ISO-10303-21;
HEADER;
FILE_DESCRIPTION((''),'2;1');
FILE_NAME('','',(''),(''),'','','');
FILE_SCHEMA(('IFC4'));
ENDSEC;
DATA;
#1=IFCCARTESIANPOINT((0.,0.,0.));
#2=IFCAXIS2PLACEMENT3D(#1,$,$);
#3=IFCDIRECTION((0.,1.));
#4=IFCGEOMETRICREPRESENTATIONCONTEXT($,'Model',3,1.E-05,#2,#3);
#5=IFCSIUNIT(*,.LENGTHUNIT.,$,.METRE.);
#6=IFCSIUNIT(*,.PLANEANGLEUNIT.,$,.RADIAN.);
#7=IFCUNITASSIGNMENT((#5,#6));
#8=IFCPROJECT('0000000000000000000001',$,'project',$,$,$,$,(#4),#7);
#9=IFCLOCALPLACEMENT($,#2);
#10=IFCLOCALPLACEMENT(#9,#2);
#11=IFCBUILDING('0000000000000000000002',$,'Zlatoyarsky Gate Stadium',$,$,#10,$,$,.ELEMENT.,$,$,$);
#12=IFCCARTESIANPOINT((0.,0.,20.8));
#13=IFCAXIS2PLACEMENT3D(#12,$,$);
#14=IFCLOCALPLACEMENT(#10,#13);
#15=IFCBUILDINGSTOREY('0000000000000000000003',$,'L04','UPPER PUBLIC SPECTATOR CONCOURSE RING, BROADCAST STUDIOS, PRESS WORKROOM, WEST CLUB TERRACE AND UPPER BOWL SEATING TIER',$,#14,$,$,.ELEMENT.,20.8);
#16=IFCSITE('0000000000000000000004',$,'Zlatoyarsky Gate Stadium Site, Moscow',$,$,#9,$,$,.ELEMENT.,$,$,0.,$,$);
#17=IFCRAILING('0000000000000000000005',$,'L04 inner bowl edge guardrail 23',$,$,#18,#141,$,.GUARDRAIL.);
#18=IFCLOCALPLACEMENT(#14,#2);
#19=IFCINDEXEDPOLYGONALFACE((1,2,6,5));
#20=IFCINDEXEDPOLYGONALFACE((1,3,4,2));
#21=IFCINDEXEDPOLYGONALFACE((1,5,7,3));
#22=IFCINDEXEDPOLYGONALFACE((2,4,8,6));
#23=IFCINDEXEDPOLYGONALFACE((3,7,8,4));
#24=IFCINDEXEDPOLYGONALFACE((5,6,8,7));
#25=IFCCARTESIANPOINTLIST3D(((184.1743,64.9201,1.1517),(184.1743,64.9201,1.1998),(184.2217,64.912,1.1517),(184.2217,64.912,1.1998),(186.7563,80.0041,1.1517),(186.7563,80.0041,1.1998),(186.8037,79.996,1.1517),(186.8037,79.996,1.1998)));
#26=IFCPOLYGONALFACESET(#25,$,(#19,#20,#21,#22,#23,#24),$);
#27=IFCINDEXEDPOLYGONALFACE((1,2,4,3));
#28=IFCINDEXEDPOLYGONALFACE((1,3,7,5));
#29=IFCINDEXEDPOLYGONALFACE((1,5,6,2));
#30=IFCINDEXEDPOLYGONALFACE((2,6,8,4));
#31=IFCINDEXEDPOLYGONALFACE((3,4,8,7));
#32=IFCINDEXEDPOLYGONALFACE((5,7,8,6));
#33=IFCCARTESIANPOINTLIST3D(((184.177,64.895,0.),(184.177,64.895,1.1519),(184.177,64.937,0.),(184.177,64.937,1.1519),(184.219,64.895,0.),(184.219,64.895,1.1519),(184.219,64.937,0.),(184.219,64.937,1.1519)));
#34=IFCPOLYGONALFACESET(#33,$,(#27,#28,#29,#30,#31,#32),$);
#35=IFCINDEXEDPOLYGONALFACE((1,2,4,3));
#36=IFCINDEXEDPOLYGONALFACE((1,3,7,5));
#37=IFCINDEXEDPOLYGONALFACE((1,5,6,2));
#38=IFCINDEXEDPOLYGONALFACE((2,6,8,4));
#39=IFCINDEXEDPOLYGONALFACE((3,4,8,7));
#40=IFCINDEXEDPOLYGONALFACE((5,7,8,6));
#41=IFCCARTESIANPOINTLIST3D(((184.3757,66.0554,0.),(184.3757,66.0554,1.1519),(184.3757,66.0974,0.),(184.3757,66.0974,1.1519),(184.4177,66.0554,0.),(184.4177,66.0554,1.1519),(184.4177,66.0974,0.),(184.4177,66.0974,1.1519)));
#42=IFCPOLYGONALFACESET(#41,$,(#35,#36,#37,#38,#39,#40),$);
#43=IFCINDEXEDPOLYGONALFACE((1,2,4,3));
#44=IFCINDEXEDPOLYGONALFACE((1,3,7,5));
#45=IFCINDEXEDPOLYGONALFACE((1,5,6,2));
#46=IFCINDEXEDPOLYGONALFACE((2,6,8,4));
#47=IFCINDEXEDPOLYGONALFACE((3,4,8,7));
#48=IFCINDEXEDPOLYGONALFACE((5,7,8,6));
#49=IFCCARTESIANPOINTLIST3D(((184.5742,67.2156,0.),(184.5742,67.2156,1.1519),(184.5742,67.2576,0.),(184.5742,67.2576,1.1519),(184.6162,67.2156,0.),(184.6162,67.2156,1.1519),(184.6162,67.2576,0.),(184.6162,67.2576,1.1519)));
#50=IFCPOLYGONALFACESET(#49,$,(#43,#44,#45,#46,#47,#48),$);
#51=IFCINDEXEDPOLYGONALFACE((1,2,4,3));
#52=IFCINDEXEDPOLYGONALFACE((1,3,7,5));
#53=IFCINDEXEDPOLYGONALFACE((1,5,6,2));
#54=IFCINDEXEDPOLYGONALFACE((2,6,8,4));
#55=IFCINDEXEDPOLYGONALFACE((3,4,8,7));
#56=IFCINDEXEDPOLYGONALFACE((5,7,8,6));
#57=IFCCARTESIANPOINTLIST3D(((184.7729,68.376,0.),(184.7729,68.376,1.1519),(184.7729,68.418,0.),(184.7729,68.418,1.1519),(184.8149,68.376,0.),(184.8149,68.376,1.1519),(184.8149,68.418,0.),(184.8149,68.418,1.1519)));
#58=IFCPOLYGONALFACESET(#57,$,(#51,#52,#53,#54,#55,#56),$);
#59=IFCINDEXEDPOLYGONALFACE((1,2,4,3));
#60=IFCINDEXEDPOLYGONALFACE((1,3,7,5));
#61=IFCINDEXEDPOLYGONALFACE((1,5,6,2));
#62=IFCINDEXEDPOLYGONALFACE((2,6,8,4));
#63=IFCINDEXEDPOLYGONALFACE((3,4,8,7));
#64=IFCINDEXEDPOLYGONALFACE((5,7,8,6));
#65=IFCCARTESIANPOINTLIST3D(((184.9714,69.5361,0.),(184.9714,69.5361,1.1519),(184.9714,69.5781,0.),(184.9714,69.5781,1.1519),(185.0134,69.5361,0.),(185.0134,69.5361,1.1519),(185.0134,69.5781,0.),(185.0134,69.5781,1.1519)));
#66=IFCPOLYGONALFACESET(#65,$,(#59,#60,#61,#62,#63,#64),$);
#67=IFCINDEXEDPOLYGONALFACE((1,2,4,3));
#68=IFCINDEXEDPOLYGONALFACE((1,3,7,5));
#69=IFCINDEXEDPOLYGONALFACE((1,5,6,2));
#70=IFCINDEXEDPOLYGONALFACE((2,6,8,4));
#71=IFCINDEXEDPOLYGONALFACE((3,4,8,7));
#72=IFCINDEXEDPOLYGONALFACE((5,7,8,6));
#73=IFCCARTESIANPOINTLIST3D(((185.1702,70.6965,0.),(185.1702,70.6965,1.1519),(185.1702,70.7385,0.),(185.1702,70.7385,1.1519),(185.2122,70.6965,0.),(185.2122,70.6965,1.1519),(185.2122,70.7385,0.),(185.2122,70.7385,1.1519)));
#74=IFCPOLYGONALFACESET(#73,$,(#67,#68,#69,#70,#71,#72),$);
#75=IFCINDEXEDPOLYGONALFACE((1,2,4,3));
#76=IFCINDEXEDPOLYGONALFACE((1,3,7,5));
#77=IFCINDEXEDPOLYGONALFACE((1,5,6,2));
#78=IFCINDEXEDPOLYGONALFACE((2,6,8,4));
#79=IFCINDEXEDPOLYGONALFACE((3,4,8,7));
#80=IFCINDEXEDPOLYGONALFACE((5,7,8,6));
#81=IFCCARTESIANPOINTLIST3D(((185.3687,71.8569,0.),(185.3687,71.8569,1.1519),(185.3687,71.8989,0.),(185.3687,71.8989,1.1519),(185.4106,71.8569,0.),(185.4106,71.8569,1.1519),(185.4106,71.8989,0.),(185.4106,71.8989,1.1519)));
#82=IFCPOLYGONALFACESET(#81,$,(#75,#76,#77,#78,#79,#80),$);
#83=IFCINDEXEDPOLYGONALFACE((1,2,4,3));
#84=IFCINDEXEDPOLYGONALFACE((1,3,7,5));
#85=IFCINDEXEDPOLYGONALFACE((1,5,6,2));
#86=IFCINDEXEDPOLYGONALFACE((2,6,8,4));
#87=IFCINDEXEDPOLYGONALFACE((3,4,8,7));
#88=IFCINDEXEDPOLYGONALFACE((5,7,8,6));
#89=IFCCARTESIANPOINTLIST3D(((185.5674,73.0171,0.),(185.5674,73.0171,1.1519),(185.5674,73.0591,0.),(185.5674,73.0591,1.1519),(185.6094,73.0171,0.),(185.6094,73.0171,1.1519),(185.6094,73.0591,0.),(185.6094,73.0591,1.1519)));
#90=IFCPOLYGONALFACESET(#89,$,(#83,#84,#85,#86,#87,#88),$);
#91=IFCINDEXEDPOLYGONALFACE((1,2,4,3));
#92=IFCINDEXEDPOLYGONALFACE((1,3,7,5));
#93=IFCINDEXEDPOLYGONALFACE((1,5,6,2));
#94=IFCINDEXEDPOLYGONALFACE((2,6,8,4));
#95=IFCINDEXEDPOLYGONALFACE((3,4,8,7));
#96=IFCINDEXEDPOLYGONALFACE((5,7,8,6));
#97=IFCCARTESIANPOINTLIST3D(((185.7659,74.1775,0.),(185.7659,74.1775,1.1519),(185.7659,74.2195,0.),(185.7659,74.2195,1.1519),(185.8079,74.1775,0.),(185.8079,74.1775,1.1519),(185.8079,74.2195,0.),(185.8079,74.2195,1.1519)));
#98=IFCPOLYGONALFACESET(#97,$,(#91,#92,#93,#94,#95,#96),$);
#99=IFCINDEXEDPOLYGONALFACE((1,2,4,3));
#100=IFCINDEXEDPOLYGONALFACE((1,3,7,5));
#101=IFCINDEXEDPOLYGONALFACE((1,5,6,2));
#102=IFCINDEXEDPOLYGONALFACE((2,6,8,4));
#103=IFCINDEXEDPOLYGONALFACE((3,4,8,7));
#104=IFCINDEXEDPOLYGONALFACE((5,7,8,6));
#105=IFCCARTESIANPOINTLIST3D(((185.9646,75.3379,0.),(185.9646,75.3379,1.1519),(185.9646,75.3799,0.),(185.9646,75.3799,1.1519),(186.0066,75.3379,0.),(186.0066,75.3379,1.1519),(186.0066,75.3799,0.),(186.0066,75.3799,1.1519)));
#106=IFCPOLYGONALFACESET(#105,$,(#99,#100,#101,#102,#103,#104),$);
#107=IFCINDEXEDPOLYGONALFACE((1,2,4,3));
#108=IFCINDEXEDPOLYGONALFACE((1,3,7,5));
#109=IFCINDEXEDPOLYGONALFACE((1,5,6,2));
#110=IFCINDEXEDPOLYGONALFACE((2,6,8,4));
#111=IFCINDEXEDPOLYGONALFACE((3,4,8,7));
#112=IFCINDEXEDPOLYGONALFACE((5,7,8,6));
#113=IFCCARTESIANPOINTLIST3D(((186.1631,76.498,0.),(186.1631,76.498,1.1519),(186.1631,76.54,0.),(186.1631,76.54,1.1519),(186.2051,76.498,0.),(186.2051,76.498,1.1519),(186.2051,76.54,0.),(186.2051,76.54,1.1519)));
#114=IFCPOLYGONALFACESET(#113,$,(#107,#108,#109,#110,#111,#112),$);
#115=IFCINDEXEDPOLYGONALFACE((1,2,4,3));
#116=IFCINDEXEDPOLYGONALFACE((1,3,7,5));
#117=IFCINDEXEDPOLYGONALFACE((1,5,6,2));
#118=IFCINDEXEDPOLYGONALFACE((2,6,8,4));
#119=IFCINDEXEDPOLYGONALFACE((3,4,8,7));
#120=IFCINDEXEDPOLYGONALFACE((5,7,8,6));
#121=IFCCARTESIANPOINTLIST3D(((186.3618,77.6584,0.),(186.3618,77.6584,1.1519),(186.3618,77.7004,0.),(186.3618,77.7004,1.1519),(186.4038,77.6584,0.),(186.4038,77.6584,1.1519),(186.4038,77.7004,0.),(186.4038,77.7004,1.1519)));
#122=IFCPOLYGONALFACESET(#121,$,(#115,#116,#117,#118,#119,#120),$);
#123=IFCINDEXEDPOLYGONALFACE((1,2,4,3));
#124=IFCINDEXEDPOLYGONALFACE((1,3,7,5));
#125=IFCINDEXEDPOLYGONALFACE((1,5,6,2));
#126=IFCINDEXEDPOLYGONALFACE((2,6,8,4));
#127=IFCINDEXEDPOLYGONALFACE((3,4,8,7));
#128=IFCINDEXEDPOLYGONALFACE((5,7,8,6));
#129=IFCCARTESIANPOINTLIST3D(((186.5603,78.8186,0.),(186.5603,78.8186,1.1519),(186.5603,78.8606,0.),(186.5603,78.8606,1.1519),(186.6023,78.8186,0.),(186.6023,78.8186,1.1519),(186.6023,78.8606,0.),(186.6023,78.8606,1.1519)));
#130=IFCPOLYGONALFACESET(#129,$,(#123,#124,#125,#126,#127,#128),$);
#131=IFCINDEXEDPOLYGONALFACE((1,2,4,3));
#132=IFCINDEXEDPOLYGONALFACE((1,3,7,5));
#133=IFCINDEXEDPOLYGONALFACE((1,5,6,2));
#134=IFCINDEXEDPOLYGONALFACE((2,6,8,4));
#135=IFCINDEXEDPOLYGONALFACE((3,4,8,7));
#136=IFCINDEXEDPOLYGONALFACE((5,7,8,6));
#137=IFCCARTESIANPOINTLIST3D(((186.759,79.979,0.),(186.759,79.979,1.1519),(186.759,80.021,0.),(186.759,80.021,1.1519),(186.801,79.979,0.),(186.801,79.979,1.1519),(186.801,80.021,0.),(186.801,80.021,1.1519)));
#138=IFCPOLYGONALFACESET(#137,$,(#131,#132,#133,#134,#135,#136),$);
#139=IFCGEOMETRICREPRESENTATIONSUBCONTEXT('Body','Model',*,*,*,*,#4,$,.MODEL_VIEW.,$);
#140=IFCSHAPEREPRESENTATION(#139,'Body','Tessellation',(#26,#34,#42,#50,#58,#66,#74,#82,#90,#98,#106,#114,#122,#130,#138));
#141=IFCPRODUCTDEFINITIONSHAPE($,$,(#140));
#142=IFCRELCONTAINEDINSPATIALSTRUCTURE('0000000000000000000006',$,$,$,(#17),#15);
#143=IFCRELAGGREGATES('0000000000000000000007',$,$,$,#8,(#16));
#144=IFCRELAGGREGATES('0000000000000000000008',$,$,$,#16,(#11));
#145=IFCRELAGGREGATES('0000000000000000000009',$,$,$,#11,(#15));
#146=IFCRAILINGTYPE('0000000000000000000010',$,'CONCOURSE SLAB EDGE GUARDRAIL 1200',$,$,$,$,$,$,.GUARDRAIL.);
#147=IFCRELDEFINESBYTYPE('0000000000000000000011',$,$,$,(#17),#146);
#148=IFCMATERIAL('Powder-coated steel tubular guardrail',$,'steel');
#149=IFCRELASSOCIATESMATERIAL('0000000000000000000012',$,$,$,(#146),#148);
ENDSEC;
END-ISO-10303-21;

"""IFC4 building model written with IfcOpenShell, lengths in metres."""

from ifc_helpers import new_model, si_unit, direction, frame, origin, origin_2d, place, context, subcontext, project, spatial, rectangle, extrude, material, type_object, element, save


model = new_model("IFC4")

# Units and contexts
model_context = context("Model", 3, precision=1e-05, world=origin(), true_north=direction((0.0, 1.0)))
body_context = subcontext(model_context, "Body", "Model", "MODEL_VIEW")
ifc_project = project(units=[si_unit("LENGTHUNIT", "METRE"), si_unit("PLANEANGLEUNIT", "RADIAN")], contexts=[model_context])

# Site, building, storey
site_placement = place(None, origin())
site = spatial("IfcSite", under=ifc_project, at=site_placement, Name="Zlatoyarsky Gate Stadium Site, Moscow", CompositionType="ELEMENT", RefElevation=0.0)
building_placement = place(site_placement, origin())
building = spatial("IfcBuilding", under=site, at=building_placement, Name="Zlatoyarsky Gate Stadium", CompositionType="ELEMENT")
storey_placement = place(building_placement, frame((0.0, 0.0, 20.8)))
storey = spatial("IfcBuildingStorey", under=building, at=storey_placement, Name="L04", Description="UPPER PUBLIC SPECTATOR CONCOURSE RING, BROADCAST STUDIOS, PRESS WORKROOM, WEST CLUB TERRACE AND UPPER BOWL SEATING TIER", CompositionType="ELEMENT", Elevation=20.8)

# Railing
ifc_material_1 = material(Name="Powder-coated steel tubular guardrail", Category="steel")
railing_type_1 = type_object("IfcRailingType", Name="CONCOURSE SLAB EDGE GUARDRAIL 1200", PredefinedType="GUARDRAIL", material=ifc_material_1)
railing_1_placement = place(storey_placement, frame((184.198, 64.916, 0.0)))
element("IfcRailing", 1, at=railing_1_placement, inside=storey, type_object=railing_type_1, Name="L04 inner bowl edge guardrail 23", PredefinedType="GUARDRAIL", context=body_context, shape_type="SweptSolid", body=[
    extrude(rectangle(XDim=0.0481, YDim=0.0481, at=origin_2d()), frame((0.0, 0.0, 1.1758), z_axis=(0.168723, 0.985664, 0.0), x_axis=(-0.985664, 0.168723, 0.0)), (0.0, 0.0, 1.0), 15.3035),
    extrude(rectangle(XDim=0.042, YDim=0.042, at=origin_2d()), origin(), (0.0, 0.0, 1.0), 1.1519),
    extrude(rectangle(XDim=0.042, YDim=0.042, at=origin_2d()), frame((0.1987, 1.1604, 0.0)), (0.0, 0.0, 1.0), 1.1519),
    extrude(rectangle(XDim=0.042, YDim=0.042, at=origin_2d()), frame((0.3972, 2.3206, 0.0)), (0.0, 0.0, 1.0), 1.1519),
    extrude(rectangle(XDim=0.042, YDim=0.042, at=origin_2d()), frame((0.5959, 3.481, 0.0)), (0.0, 0.0, 1.0), 1.1519),
    extrude(rectangle(XDim=0.042, YDim=0.042, at=origin_2d()), frame((0.7944, 4.6411, 0.0)), (0.0, 0.0, 1.0), 1.1519),
    extrude(rectangle(XDim=0.042, YDim=0.042, at=origin_2d()), frame((0.9932, 5.8015, 0.0)), (0.0, 0.0, 1.0), 1.1519),
    extrude(rectangle(XDim=0.042, YDim=0.042, at=origin_2d()), frame((1.1917, 6.9619, 0.0)), (0.0, 0.0, 1.0), 1.1519),
    extrude(rectangle(XDim=0.042, YDim=0.042, at=origin_2d()), frame((1.3904, 8.1221, 0.0)), (0.0, 0.0, 1.0), 1.1519),
    extrude(rectangle(XDim=0.042, YDim=0.042, at=origin_2d()), frame((1.5889, 9.2825, 0.0)), (0.0, 0.0, 1.0), 1.1519),
    extrude(rectangle(XDim=0.042, YDim=0.042, at=origin_2d()), frame((1.7876, 10.4429, 0.0)), (0.0, 0.0, 1.0), 1.1519),
    extrude(rectangle(XDim=0.042, YDim=0.042, at=origin_2d()), frame((1.9861, 11.603, 0.0)), (0.0, 0.0, 1.0), 1.1519),
    extrude(rectangle(XDim=0.042, YDim=0.042, at=origin_2d()), frame((2.1848, 12.7634, 0.0)), (0.0, 0.0, 1.0), 1.1519),
    extrude(rectangle(XDim=0.042, YDim=0.042, at=origin_2d()), frame((2.3833, 13.9236, 0.0)), (0.0, 0.0, 1.0), 1.1519),
    extrude(rectangle(XDim=0.042, YDim=0.042, at=origin_2d()), frame((2.582, 15.084, 0.0)), (0.0, 0.0, 1.0), 1.1519),
])

save(model, "model.ifc")
